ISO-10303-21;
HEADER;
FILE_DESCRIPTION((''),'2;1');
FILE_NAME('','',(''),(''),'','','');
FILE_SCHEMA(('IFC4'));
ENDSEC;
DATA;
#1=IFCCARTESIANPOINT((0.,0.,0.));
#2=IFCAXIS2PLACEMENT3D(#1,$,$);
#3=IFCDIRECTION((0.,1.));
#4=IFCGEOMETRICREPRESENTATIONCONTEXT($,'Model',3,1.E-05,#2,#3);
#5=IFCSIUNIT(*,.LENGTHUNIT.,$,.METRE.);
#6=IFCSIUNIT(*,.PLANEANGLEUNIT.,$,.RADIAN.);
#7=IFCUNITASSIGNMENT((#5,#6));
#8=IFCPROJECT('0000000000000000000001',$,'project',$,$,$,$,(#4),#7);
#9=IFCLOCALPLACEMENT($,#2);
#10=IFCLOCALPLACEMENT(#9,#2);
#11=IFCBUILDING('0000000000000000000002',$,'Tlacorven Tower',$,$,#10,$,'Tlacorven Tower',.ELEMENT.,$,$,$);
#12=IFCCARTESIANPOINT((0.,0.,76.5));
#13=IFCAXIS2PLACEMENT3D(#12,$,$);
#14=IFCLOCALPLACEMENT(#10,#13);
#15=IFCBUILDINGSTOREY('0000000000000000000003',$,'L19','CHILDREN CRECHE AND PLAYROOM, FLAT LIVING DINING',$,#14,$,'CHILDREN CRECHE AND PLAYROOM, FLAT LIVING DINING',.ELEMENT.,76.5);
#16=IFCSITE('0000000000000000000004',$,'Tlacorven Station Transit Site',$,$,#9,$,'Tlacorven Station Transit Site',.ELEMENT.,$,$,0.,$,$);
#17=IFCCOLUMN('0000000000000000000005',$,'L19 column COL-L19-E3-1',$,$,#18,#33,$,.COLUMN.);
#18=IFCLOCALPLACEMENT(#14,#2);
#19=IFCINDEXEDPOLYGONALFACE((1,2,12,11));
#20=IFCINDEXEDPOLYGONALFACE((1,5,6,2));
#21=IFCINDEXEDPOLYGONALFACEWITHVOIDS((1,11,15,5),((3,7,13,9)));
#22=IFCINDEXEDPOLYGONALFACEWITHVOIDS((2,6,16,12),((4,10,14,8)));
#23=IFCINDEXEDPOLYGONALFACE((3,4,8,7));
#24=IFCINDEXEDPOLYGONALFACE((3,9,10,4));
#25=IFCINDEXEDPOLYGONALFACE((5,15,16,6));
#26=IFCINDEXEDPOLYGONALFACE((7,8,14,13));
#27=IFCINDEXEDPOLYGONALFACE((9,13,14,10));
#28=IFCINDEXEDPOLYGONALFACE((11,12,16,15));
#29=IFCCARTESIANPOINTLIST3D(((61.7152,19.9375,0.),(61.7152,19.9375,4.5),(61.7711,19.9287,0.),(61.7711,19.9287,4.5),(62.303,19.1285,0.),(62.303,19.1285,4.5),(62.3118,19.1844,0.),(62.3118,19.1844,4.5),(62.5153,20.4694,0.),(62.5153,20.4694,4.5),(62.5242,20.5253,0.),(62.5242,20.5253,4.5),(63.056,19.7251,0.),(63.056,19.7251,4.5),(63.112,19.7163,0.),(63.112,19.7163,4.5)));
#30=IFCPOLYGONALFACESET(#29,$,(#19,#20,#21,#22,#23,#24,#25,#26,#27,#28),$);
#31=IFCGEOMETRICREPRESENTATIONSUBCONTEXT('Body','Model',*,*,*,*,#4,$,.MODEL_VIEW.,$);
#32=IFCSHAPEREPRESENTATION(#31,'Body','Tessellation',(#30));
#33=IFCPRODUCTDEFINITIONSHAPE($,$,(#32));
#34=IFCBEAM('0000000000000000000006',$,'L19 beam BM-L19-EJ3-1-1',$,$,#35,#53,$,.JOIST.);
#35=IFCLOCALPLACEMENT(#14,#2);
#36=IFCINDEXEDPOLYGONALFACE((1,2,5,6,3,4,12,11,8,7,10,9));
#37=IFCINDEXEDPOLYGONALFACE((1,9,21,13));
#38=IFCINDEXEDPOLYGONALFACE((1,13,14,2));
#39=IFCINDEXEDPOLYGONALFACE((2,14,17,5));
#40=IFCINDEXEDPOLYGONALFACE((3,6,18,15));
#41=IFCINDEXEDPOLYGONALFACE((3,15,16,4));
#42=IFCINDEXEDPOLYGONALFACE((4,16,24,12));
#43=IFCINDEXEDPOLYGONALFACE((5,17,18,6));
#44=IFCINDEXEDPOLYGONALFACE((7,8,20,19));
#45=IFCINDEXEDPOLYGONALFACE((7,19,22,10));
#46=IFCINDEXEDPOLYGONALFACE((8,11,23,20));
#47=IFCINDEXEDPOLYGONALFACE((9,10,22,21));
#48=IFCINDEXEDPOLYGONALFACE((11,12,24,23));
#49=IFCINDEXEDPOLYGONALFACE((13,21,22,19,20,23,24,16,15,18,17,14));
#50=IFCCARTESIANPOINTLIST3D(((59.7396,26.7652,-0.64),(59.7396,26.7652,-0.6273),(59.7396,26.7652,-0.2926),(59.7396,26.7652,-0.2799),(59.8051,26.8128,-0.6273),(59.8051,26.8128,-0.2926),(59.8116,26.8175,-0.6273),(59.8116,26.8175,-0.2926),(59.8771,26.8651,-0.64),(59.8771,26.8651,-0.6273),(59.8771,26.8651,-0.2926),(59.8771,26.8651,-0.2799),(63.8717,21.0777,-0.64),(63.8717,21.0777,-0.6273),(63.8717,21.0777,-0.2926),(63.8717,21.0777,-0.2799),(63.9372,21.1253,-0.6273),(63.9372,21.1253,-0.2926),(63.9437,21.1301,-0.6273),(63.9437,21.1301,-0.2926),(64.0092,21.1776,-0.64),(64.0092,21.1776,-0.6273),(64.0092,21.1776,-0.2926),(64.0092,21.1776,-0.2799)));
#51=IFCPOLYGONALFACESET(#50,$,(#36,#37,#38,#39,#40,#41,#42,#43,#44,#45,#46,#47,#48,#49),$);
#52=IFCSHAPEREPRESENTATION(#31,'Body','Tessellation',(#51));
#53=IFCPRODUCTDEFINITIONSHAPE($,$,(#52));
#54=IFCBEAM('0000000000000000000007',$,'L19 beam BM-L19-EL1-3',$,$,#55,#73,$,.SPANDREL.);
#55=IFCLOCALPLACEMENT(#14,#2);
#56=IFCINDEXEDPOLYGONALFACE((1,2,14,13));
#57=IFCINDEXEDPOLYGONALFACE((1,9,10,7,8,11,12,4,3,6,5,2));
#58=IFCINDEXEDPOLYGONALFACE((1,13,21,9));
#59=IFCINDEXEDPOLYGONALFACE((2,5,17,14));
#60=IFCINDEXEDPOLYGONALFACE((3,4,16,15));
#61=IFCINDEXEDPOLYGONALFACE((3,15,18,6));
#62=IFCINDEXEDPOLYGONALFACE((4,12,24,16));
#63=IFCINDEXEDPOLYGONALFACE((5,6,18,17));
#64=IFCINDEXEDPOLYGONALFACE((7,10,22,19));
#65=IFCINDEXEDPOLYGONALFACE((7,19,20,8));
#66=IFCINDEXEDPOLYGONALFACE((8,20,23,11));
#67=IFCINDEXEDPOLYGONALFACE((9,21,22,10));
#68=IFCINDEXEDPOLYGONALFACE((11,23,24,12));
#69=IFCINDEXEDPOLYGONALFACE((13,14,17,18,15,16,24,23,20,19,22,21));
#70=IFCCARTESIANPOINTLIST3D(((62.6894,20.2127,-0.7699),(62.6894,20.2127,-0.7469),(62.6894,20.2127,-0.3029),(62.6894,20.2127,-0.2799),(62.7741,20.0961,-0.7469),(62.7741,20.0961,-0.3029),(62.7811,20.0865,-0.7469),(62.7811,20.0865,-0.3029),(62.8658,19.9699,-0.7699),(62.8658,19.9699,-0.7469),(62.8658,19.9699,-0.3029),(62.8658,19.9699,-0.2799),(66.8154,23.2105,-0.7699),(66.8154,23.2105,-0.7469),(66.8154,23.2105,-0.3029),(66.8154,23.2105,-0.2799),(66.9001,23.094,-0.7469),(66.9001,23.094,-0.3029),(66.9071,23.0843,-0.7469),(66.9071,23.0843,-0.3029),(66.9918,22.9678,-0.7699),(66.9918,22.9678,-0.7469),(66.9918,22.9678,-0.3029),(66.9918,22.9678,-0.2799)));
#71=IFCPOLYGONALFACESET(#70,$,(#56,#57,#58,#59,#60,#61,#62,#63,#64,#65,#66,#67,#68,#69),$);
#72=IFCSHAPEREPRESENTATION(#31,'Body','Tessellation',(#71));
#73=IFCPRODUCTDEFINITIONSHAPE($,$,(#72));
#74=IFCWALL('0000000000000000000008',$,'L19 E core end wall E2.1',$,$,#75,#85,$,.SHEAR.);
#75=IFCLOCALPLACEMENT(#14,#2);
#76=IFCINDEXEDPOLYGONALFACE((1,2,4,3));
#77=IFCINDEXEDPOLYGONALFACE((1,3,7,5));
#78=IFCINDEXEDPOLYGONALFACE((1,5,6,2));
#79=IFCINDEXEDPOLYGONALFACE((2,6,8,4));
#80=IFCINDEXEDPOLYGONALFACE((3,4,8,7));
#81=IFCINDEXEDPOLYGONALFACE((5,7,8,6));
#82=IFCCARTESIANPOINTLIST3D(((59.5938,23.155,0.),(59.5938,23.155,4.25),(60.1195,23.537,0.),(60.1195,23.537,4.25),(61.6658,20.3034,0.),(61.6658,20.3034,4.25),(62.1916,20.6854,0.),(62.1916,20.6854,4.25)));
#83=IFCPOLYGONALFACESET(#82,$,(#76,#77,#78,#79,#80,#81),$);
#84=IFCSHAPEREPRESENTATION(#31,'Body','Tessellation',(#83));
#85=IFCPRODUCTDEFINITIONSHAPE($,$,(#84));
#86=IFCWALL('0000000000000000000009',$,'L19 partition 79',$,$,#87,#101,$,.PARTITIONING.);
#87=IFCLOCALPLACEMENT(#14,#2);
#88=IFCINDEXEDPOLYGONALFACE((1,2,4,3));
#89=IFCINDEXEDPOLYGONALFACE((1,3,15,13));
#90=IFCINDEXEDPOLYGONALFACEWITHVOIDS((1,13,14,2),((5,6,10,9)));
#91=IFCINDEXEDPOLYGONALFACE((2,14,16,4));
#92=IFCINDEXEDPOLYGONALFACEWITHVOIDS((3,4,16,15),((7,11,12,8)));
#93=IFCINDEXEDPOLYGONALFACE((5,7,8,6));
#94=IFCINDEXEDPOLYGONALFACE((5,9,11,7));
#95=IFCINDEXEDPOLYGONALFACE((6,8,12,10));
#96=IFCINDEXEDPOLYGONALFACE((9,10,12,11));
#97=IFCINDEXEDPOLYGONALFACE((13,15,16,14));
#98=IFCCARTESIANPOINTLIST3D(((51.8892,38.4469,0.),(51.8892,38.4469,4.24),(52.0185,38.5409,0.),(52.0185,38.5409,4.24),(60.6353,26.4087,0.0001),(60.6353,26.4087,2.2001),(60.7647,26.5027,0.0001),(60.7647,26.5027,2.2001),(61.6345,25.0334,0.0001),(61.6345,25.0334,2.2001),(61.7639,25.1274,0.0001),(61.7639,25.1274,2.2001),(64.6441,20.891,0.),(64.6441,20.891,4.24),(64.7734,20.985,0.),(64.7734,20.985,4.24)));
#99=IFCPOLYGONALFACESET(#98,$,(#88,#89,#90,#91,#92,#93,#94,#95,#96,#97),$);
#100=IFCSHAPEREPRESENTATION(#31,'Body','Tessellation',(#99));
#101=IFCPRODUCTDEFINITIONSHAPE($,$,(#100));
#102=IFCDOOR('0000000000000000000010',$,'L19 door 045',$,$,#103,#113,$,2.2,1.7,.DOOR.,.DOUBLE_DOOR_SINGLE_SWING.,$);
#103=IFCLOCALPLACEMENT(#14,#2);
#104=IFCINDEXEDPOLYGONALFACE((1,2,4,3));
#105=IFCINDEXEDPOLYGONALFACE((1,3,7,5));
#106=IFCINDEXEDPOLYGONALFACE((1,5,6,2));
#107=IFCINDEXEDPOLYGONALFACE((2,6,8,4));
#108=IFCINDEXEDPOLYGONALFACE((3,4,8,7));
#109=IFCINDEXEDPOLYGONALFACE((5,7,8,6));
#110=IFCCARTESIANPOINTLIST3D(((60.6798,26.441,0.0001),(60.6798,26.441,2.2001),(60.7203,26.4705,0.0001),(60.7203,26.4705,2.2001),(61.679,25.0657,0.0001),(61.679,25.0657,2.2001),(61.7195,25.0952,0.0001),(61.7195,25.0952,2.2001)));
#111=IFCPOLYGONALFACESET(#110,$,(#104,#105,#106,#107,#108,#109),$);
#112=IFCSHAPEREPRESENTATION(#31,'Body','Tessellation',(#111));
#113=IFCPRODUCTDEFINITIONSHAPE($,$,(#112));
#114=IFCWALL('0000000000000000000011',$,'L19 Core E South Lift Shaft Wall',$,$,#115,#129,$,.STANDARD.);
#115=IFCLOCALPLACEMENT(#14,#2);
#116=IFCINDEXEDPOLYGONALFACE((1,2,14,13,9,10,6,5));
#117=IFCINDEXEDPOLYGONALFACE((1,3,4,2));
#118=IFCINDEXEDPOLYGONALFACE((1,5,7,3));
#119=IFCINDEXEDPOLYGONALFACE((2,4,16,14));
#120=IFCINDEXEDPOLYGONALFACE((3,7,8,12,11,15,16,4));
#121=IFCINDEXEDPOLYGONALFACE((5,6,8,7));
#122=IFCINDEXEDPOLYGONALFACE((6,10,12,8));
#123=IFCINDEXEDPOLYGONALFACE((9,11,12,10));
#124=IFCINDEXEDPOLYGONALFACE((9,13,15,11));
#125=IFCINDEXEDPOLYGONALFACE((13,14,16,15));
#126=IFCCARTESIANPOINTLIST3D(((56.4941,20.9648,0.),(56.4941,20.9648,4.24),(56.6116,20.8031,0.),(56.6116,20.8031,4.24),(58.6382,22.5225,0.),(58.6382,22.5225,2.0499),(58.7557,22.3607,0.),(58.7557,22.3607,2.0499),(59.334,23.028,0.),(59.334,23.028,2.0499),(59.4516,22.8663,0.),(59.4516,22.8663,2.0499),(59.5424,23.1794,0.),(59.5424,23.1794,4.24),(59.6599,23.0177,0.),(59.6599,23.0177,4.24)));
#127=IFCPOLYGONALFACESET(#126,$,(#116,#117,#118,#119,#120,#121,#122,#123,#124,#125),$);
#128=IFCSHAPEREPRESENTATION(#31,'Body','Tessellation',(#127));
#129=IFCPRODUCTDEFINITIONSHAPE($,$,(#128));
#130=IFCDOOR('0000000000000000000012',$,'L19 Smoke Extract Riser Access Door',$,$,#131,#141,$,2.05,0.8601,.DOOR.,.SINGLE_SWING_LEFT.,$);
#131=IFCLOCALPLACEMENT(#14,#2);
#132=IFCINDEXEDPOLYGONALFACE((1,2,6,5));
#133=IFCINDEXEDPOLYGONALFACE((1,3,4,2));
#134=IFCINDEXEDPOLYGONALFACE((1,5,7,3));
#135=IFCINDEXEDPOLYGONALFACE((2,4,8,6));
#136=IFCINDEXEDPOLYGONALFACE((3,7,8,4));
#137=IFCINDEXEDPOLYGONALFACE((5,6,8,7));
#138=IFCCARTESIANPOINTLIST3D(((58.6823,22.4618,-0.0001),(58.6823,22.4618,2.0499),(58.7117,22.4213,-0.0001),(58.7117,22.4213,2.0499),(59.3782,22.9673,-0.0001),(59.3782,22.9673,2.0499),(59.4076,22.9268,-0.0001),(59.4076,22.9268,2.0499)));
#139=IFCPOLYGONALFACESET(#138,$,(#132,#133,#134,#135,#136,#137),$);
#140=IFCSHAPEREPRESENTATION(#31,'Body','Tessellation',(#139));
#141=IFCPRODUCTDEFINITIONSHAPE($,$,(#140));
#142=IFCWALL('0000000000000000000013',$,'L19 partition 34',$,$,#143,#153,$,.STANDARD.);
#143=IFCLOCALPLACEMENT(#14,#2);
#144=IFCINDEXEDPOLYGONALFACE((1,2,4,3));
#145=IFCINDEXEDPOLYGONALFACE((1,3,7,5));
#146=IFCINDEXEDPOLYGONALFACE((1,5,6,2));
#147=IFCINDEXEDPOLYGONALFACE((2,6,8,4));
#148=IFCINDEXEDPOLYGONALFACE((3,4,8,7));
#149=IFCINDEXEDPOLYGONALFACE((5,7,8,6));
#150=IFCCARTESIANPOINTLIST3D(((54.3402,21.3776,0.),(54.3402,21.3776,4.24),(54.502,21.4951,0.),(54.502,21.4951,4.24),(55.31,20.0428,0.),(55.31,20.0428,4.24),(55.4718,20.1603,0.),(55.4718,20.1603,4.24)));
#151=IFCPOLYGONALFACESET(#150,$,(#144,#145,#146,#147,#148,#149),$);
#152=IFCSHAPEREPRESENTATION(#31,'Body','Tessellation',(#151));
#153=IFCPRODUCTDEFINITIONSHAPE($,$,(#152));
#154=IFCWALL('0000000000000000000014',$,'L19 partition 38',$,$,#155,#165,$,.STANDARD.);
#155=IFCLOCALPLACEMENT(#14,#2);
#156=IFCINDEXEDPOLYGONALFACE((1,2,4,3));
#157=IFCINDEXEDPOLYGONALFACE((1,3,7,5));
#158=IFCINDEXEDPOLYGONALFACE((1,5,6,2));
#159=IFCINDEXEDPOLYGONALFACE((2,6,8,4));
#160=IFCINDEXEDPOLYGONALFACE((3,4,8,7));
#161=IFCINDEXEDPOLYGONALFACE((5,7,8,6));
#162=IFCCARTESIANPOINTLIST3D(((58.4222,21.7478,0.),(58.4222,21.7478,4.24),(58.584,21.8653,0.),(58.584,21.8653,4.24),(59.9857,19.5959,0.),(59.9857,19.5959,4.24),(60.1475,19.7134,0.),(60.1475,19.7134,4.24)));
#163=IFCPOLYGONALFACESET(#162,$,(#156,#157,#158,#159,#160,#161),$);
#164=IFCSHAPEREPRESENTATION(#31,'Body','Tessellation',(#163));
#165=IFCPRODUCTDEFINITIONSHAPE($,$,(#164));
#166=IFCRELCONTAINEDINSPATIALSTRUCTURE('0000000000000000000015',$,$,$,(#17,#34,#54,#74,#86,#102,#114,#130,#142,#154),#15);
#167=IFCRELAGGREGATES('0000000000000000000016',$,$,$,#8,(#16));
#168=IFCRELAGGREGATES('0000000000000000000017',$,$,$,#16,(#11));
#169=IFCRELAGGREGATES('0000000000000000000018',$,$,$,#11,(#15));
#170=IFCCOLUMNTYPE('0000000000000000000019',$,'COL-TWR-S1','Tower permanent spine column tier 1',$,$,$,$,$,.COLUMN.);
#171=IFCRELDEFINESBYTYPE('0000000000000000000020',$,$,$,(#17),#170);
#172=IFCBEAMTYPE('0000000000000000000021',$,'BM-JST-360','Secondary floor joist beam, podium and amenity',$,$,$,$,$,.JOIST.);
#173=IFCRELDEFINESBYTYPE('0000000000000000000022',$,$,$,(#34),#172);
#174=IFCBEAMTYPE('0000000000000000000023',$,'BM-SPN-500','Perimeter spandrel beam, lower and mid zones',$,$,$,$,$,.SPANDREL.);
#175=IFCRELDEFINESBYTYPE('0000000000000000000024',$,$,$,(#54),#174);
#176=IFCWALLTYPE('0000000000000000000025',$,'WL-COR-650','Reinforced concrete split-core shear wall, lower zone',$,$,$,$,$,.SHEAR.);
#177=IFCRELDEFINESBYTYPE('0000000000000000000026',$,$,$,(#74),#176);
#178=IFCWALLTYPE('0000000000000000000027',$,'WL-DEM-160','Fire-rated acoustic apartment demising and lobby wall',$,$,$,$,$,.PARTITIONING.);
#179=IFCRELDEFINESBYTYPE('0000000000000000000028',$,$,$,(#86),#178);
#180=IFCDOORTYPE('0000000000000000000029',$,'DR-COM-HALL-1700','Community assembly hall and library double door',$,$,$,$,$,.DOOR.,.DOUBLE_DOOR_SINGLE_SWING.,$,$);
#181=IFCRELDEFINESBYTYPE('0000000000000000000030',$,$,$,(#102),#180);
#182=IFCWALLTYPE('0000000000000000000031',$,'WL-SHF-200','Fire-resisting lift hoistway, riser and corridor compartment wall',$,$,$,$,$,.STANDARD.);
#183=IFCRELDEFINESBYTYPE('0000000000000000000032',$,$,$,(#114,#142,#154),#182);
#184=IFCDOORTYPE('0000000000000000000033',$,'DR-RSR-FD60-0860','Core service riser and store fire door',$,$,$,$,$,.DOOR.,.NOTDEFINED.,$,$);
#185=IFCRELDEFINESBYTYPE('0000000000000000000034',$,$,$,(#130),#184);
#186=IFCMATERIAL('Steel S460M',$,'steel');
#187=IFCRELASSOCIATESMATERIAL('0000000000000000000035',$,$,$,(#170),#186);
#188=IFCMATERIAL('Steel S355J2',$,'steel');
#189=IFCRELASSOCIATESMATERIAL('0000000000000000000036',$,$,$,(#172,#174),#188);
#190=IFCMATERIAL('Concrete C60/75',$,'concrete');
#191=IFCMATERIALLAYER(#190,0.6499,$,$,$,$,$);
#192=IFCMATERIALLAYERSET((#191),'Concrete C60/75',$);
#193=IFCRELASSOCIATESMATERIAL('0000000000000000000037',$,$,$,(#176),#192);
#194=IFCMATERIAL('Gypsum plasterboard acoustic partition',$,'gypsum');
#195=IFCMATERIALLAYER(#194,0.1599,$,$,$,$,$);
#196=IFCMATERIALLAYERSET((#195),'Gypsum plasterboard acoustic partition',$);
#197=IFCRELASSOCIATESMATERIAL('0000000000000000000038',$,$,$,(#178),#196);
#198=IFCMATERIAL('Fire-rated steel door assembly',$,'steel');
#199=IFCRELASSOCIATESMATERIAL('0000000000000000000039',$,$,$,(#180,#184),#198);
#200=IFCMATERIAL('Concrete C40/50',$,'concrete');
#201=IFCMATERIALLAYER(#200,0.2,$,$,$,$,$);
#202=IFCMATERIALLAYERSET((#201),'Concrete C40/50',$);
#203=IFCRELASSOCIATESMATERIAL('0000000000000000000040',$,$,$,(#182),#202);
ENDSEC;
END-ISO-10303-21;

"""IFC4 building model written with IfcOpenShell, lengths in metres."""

from ifc_helpers import new_model, si_unit, direction, frame, frame_2d, origin, origin_2d, place, context, subcontext, project, spatial, rectangle, hollow_rectangle, i_section, extrude, source, transform, mapped, material, layer, layer_set, material_profile, profile_set, type_object, element, fill, save


model = new_model("IFC4")

# Units and contexts
model_context = context("Model", 3, precision=1e-05, world=origin(), true_north=direction((0.0, 1.0)))
body_context = subcontext(model_context, "Body", "Model", "MODEL_VIEW")
ifc_project = project(units=[si_unit("LENGTHUNIT", "METRE"), si_unit("PLANEANGLEUNIT", "RADIAN")], contexts=[model_context])

# Site, building, storey
site_placement = place(None, origin())
site = spatial("IfcSite", under=ifc_project, at=site_placement, Name="Tlacorven Station Transit Site", LongName="Tlacorven Station Transit Site", CompositionType="ELEMENT", RefElevation=0.0)
building_placement = place(site_placement, origin())
building = spatial("IfcBuilding", under=site, at=building_placement, Name="Tlacorven Tower", LongName="Tlacorven Tower", CompositionType="ELEMENT")
storey_placement = place(building_placement, frame((0.0, 0.0, 76.5)))
storey = spatial("IfcBuildingStorey", under=building, at=storey_placement, Name="L19", Description="CHILDREN CRECHE AND PLAYROOM, FLAT LIVING DINING", LongName="CHILDREN CRECHE AND PLAYROOM, FLAT LIVING DINING", CompositionType="ELEMENT", Elevation=76.5)

# Column
ifc_material_1 = material(Name="Steel S460M", Category="steel")
ifc_material_profile_1 = material_profile(ifc_material_1, hollow_rectangle(XDim=1.0, YDim=1.0, WallThickness=0.04, at=origin_2d()), Name="BOX 1000X1000X40")
ifc_profile_set_1 = profile_set([ifc_material_profile_1], Name="Steel S460M")
column_type = type_object("IfcColumnType", Name="COL-TWR-S1", Description="Tower permanent spine column tier 1", PredefinedType="COLUMN", material=ifc_profile_set_1)
shared_shape_1 = source(origin(), body_context, "Body", "SweptSolid", [
    extrude(hollow_rectangle(XDim=1.0, YDim=1.0, WallThickness=0.04, at=origin_2d()), origin(), (0.0, 0.0, 1.0), 4.5),
])
column_placement = place(storey_placement, frame((62.4136, 19.8269, 0.0), z_axis=(0.0, 0.0, 1.0), x_axis=(0.809017, 0.587785, 0.0)))
element("IfcColumn", 1, at=column_placement, inside=storey, type_object=column_type, Name="L19 column COL-L19-E3-1", PredefinedType="COLUMN", context=body_context, shape_type="MappedRepresentation", body=[
    mapped(shared_shape_1, transform((0.0, 0.0, 0.0), scale=1.0)),
])

# Beams
ifc_material_2 = material(Name="Steel S355J2", Category="steel")
ifc_material_profile_2 = material_profile(ifc_material_2, i_section(OverallWidth=0.1699, OverallDepth=0.3601, WebThickness=0.0081, FlangeThickness=0.0127, at=origin_2d()), Name="IPE 360")
ifc_profile_set_2 = profile_set([ifc_material_profile_2], Name="Steel S355J2")
beam_type_1 = type_object("IfcBeamType", Name="BM-JST-360", Description="Secondary floor joist beam, podium and amenity", PredefinedType="JOIST", material=ifc_profile_set_2)
shared_shape_2 = source(origin(), body_context, "Body", "SweptSolid", [
    extrude(i_section(OverallWidth=0.1699, OverallDepth=0.3601, WebThickness=0.0081, FlangeThickness=0.0127, at=origin_2d()), origin(), (0.0, 0.0, 1.0), 7.03),
])
beam_1_placement = place(storey_placement, frame((63.9404, 21.1277, -0.46), z_axis=(-0.587773, 0.809026, 0.0), x_axis=(-0.809026, -0.587773, 0.0)))
element("IfcBeam", 2, at=beam_1_placement, inside=storey, type_object=beam_type_1, Name="L19 beam BM-L19-EJ3-1-1", PredefinedType="JOIST", context=body_context, shape_type="MappedRepresentation", body=[
    mapped(shared_shape_2, transform((0.0, 0.0, 0.0), scale=1.0)),
])
ifc_material_profile_3 = material_profile(ifc_material_2, i_section(OverallWidth=0.3, OverallDepth=0.49, WebThickness=0.012, FlangeThickness=0.0229, at=origin_2d()), Name="HEA 500")
ifc_profile_set_3 = profile_set([ifc_material_profile_3], Name="Steel S355J2")
beam_type_2 = type_object("IfcBeamType", Name="BM-SPN-500", Description="Perimeter spandrel beam, lower and mid zones", PredefinedType="SPANDREL", material=ifc_profile_set_3)
shared_shape_3 = source(origin(), body_context, "Body", "SweptSolid", [
    extrude(i_section(OverallWidth=0.3, OverallDepth=0.49, WebThickness=0.012, FlangeThickness=0.0229, at=origin_2d()), origin(), (0.0, 0.0, 1.0), 5.1001),
])
beam_2_placement = place(storey_placement, frame((62.7776, 20.0913, -0.5249), z_axis=(0.809007, 0.587799, 0.0), x_axis=(-0.587799, 0.809007, 0.0)))
element("IfcBeam", 3, at=beam_2_placement, inside=storey, type_object=beam_type_2, Name="L19 beam BM-L19-EL1-3", PredefinedType="SPANDREL", context=body_context, shape_type="MappedRepresentation", body=[
    mapped(shared_shape_3, transform((0.0, 0.0, 0.0), scale=1.0)),
])

# Wall
ifc_material_3 = material(Name="Concrete C60/75", Category="concrete")
ifc_layer_1 = layer(ifc_material_3, 0.6499)
ifc_layer_set_1 = layer_set([ifc_layer_1], Name="Concrete C60/75")
wall_type_1 = type_object("IfcWallType", Name="WL-COR-650", Description="Reinforced concrete split-core shear wall, lower zone", PredefinedType="SHEAR", material=ifc_layer_set_1)
wall_1_placement = place(storey_placement, frame((61.9287, 20.4944, 0.0), z_axis=(0.0, 0.0, 1.0), x_axis=(-0.58783, 0.808985, 0.0)))
element("IfcWall", 4, at=wall_1_placement, inside=storey, type_object=wall_type_1, Name="L19 E core end wall E2.1", PredefinedType="SHEAR", context=body_context, shape_type="SweptSolid", body=[
    extrude(rectangle(XDim=3.5249, YDim=0.6499, at=frame_2d((1.7625, 0.0))), origin(), (0.0, 0.0, 1.0), 4.25),
])

# Walls, openings, doors
ifc_material_4 = material(Name="Gypsum plasterboard acoustic partition", Category="gypsum")
ifc_layer_2 = layer(ifc_material_4, 0.1599)
ifc_layer_set_2 = layer_set([ifc_layer_2], Name="Gypsum plasterboard acoustic partition")
wall_type_2 = type_object("IfcWallType", Name="WL-DEM-160", Description="Fire-rated acoustic apartment demising and lobby wall", PredefinedType="PARTITIONING", material=ifc_layer_set_2)
wall_2_placement = place(storey_placement, frame((64.7087, 20.938, 0.0), z_axis=(0.0, 0.0, 1.0), x_axis=(-0.587778, 0.809022, 0.0)))
wall_2 = element("IfcWall", 5, at=wall_2_placement, inside=storey, type_object=wall_type_2, Name="L19 partition 79", PredefinedType="PARTITIONING", context=body_context, shape_type="SweptSolid", body=[
    extrude(rectangle(XDim=21.7002, YDim=0.1599, at=frame_2d((10.8501, 0.0))), origin(), (0.0, 0.0, 1.0), 4.24),
])
opening_1_placement = place(wall_2_placement, frame((5.1201, 0.0, 0.0)))
opening_1 = element("IfcOpeningElement", 6, at=opening_1_placement, cuts=wall_2, PredefinedType="OPENING", context=body_context, shape_type="SweptSolid", body=[
    extrude(rectangle(XDim=1.7, YDim=2.2, at=frame_2d((0.8501, 1.1001))), frame((0.0, 0.0898, 0.0), z_axis=(0.0, -1.0, 0.0), x_axis=(1.0, 0.0, 0.0)), (0.0, 0.0, 1.0), 0.1799),
])
ifc_material_5 = material(Name="Fire-rated steel door assembly", Category="steel")
door_type_1 = type_object("IfcDoorType", Name="DR-COM-HALL-1700", Description="Community assembly hall and library double door", OperationType="DOUBLE_DOOR_SINGLE_SWING", PredefinedType="DOOR", material=ifc_material_5)
shared_shape_4 = source(origin(), body_context, "Body", "SweptSolid", [
    extrude(rectangle(XDim=1.7, YDim=2.2, at=frame_2d((0.8501, 1.1001))), frame((0.0, 0.0249, 0.0), z_axis=(0.0, -1.0, 0.0), x_axis=(1.0, 0.0, 0.0)), (0.0, 0.0, 1.0), 0.05),
])
door_1_placement = place(opening_1_placement, origin())
door_1 = element("IfcDoor", 7, at=door_1_placement, inside=storey, type_object=door_type_1, Name="L19 door 045", OperationType="DOUBLE_DOOR_SINGLE_SWING", OverallHeight=2.2, OverallWidth=1.7, PredefinedType="DOOR", context=body_context, shape_type="MappedRepresentation", body=[
    mapped(shared_shape_4, transform((0.0, 0.0, 0.0), scale=1.0)),
])
fill(opening_1, door_1)
ifc_material_6 = material(Name="Concrete C40/50", Category="concrete")
ifc_layer_3 = layer(ifc_material_6, 0.2)
ifc_layer_set_3 = layer_set([ifc_layer_3], Name="Concrete C40/50")
wall_type_3 = type_object("IfcWallType", Name="WL-SHF-200", Description="Fire-resisting lift hoistway, riser and corridor compartment wall", PredefinedType="STANDARD", material=ifc_layer_set_3)
wall_3_placement = place(storey_placement, frame((56.553, 20.884, 0.0), z_axis=(0.0, 0.0, 1.0), x_axis=(0.809036, 0.587759, 0.0)))
wall_3 = element("IfcWall", 8, at=wall_3_placement, inside=storey, type_object=wall_type_3, Name="L19 Core E South Lift Shaft Wall", PredefinedType="STANDARD", context=body_context, shape_type="SweptSolid", body=[
    extrude(rectangle(XDim=3.7678, YDim=0.2, at=frame_2d((1.8838, 0.0))), origin(), (0.0, 0.0, 1.0), 4.24),
])
opening_2_placement = place(wall_3_placement, frame((2.6499, 0.0, 0.0)))
opening_2 = element("IfcOpeningElement", 9, at=opening_2_placement, cuts=wall_3, PredefinedType="OPENING", context=body_context, shape_type="SweptSolid", body=[
    extrude(rectangle(XDim=0.8601, YDim=2.05, at=frame_2d((0.4302, 1.0249))), frame((0.0, 0.1099, 0.0), z_axis=(0.0, -1.0, 0.0), x_axis=(1.0, 0.0, 0.0)), (0.0, 0.0, 1.0), 0.22),
])
door_type_2 = type_object("IfcDoorType", Name="DR-RSR-FD60-0860", Description="Core service riser and store fire door", OperationType="NOTDEFINED", PredefinedType="DOOR", material=ifc_material_5)
shared_shape_5 = source(origin(), body_context, "Body", "SweptSolid", [
    extrude(rectangle(XDim=0.8601, YDim=2.05, at=frame_2d((0.4302, 1.0249))), frame((0.0, 0.0249, 0.0), z_axis=(0.0, -1.0, 0.0), x_axis=(1.0, 0.0, 0.0)), (0.0, 0.0, 1.0), 0.05),
])
door_2_placement = place(opening_2_placement, origin())
door_2 = element("IfcDoor", 10, at=door_2_placement, inside=storey, type_object=door_type_2, Name="L19 Smoke Extract Riser Access Door", OperationType="SINGLE_SWING_LEFT", OverallHeight=2.05, OverallWidth=0.8601, PredefinedType="DOOR", context=body_context, shape_type="MappedRepresentation", body=[
    mapped(shared_shape_5, transform((0.0, 0.0, 0.0), scale=1.0)),
])
fill(opening_2, door_2)

# Walls
wall_4_placement = place(storey_placement, frame((55.3909, 20.1016, 0.0), z_axis=(0.0, 0.0, 1.0), x_axis=(-0.587784, 0.809018, 0.0)))
element("IfcWall", 11, at=wall_4_placement, inside=storey, type_object=wall_type_3, Name="L19 partition 34", PredefinedType="STANDARD", context=body_context, shape_type="SweptSolid", body=[
    extrude(rectangle(XDim=1.6499, YDim=0.2, at=frame_2d((0.825, 0.0))), origin(), (0.0, 0.0, 1.0), 4.24),
])
wall_5_placement = place(storey_placement, frame((60.0667, 19.6545, 0.0), z_axis=(0.0, 0.0, 1.0), x_axis=(-0.587801, 0.809006, 0.0)))
element("IfcWall", 12, at=wall_5_placement, inside=storey, type_object=wall_type_3, Name="L19 partition 38", PredefinedType="STANDARD", context=body_context, shape_type="SweptSolid", body=[
    extrude(rectangle(XDim=2.6599, YDim=0.2, at=frame_2d((1.3301, 0.0))), origin(), (0.0, 0.0, 1.0), 4.24),
])

save(model, "model.ifc")
